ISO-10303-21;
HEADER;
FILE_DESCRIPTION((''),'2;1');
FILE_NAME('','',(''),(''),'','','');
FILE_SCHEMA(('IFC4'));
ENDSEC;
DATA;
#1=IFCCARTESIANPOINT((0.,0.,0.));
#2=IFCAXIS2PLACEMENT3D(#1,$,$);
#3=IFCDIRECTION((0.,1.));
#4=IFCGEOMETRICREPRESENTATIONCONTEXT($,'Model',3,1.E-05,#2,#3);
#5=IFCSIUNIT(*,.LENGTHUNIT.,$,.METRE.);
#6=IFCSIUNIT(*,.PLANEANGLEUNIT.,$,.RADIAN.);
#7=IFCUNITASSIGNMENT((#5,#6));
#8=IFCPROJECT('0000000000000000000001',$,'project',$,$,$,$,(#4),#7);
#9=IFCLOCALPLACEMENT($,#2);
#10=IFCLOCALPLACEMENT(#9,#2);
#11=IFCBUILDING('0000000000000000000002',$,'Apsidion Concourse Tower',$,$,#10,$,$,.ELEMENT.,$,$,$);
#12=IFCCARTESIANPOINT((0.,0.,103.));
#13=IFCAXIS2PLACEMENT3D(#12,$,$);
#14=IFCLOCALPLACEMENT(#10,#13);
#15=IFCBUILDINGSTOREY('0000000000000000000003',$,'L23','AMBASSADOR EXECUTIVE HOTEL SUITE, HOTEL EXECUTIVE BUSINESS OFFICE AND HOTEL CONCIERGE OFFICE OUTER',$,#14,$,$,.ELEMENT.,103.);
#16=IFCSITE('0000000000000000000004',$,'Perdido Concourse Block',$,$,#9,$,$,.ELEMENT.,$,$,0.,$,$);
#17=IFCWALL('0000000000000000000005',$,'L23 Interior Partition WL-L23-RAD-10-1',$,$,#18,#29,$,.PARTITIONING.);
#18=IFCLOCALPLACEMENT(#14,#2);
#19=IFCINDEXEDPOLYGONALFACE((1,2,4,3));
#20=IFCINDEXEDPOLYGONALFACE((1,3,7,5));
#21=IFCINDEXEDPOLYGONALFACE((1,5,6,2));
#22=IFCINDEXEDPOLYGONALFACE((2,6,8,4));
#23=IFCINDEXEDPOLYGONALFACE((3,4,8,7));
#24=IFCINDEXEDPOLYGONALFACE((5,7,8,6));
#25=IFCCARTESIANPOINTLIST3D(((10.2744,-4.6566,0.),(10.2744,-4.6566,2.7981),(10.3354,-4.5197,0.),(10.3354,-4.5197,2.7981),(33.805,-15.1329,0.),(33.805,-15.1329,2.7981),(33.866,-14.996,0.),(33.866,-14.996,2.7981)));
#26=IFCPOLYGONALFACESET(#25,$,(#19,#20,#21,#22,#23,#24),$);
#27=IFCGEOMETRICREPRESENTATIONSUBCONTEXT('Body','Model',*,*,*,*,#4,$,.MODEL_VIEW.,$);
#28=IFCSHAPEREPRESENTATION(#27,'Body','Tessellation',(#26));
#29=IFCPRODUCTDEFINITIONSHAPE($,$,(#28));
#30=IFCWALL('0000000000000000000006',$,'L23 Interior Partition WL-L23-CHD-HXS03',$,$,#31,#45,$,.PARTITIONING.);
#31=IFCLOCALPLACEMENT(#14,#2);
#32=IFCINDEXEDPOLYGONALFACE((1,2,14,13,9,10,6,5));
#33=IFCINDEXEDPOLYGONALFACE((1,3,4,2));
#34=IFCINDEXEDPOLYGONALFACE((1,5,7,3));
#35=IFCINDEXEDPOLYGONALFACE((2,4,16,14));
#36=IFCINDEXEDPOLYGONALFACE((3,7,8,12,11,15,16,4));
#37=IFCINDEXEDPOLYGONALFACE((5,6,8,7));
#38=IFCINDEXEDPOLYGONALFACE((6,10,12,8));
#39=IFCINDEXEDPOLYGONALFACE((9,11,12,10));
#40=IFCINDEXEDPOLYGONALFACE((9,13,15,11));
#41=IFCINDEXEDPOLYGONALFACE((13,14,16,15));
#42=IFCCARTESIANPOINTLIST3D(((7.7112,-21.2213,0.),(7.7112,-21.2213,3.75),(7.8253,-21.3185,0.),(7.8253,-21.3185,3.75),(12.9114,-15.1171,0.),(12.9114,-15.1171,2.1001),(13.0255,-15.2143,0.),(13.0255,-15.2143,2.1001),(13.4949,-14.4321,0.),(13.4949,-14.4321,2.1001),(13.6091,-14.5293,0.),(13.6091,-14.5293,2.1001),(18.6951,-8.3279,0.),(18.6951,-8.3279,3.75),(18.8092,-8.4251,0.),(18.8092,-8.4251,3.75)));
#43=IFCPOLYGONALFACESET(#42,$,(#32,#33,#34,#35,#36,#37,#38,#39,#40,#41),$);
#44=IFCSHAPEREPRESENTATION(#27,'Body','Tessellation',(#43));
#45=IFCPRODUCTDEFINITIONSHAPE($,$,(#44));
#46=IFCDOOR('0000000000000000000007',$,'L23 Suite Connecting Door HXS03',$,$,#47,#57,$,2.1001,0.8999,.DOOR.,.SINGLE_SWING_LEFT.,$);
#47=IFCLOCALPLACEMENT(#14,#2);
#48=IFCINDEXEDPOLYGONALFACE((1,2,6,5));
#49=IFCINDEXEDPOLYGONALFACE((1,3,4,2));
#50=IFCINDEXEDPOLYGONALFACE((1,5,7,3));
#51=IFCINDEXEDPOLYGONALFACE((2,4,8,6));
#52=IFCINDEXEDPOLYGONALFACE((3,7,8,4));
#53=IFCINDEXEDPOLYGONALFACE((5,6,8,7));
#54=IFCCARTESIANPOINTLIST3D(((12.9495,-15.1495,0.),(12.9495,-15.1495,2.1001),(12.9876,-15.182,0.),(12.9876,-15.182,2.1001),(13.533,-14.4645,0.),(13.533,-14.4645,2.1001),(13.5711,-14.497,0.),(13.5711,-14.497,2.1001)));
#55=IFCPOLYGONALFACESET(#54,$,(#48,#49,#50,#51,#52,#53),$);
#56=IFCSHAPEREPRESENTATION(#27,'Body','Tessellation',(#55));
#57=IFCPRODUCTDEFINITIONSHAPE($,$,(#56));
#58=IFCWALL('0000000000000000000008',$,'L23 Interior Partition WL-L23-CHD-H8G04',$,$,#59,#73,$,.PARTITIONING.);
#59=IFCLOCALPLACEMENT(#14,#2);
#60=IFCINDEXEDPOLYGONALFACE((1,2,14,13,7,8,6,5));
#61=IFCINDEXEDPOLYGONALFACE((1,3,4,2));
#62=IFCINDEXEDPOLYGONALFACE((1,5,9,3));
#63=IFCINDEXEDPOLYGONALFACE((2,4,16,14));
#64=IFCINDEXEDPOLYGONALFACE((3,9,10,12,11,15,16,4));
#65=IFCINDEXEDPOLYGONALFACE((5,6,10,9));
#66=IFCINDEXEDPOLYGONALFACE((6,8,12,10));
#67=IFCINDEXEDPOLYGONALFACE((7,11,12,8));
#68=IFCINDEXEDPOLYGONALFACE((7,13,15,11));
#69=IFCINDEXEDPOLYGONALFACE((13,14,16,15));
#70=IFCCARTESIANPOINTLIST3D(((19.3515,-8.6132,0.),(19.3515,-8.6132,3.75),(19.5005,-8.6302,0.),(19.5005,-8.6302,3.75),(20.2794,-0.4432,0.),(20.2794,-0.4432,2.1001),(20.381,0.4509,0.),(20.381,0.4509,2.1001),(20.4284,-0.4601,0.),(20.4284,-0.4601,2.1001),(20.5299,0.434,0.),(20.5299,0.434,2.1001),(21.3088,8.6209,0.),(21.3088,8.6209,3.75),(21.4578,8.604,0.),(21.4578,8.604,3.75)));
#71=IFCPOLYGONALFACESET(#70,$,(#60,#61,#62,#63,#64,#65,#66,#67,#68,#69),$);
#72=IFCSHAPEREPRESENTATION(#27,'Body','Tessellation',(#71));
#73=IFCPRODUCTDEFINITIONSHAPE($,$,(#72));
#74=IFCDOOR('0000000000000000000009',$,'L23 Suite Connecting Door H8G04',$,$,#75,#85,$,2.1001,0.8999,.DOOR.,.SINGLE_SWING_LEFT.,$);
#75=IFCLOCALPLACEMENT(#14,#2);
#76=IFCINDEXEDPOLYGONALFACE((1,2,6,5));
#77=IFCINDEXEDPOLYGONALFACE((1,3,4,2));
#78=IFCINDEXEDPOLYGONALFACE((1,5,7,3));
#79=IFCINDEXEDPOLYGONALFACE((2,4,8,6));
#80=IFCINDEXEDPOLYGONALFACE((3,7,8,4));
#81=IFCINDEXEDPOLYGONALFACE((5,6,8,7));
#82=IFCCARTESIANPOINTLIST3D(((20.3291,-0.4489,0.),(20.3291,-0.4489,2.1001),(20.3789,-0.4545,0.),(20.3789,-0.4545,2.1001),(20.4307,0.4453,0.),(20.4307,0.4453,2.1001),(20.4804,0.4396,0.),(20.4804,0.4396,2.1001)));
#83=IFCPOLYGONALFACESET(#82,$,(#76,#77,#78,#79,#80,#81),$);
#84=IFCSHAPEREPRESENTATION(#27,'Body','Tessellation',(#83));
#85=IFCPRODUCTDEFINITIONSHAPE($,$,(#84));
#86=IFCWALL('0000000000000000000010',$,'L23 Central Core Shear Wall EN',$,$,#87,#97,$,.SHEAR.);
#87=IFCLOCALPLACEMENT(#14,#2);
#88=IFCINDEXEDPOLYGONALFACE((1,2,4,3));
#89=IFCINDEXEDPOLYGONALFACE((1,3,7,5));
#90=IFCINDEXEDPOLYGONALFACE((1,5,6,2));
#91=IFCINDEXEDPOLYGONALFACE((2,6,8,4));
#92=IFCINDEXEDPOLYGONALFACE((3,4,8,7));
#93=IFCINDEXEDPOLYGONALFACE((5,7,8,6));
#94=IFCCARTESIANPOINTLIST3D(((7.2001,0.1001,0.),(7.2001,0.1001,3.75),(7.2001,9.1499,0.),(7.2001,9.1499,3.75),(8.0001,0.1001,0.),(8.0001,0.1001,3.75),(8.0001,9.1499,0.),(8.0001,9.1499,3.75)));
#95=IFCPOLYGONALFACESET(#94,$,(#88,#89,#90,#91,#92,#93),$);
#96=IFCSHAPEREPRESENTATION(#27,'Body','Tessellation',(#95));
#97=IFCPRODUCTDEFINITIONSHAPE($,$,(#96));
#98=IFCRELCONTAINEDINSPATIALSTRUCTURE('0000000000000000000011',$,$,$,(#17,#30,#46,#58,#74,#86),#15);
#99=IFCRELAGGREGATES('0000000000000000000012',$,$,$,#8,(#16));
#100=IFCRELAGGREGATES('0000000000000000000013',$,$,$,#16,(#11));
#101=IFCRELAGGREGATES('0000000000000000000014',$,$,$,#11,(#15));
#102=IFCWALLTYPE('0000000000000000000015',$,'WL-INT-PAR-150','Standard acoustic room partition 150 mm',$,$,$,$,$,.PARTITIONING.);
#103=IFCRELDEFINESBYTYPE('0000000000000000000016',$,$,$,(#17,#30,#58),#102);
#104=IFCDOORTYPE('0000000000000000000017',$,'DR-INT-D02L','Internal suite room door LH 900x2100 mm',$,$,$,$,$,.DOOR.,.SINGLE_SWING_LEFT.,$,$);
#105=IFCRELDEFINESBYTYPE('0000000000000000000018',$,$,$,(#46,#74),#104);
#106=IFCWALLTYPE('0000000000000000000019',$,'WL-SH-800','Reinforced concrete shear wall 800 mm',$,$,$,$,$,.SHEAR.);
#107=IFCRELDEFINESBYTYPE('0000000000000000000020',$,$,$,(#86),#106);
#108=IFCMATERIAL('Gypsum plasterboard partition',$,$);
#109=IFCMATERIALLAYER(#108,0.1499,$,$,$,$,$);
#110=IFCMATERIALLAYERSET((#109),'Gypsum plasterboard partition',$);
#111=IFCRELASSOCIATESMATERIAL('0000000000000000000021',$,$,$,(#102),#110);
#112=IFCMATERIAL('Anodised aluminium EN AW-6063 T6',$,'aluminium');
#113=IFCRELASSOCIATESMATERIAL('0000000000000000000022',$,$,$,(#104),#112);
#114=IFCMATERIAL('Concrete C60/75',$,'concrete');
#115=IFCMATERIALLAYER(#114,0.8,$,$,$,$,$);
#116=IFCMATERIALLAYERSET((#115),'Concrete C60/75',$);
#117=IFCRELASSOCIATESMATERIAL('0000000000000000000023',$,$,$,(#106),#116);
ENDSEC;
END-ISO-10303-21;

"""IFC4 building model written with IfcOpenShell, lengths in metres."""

from ifc_helpers import new_model, si_unit, direction, frame, frame_2d, origin, place, context, subcontext, project, spatial, rectangle, extrude, material, layer, layer_set, type_object, element, fill, save


model = new_model("IFC4")

# Units and contexts
model_context = context("Model", 3, precision=1e-05, world=origin(), true_north=direction((0.0, 1.0)))
body_context = subcontext(model_context, "Body", "Model", "MODEL_VIEW")
ifc_project = project(units=[si_unit("LENGTHUNIT", "METRE"), si_unit("PLANEANGLEUNIT", "RADIAN")], contexts=[model_context])

# Site, building, storey
site_placement = place(None, origin())
site = spatial("IfcSite", under=ifc_project, at=site_placement, Name="Perdido Concourse Block", CompositionType="ELEMENT", RefElevation=0.0)
building_placement = place(site_placement, origin())
building = spatial("IfcBuilding", under=site, at=building_placement, Name="Apsidion Concourse Tower", CompositionType="ELEMENT")
storey_placement = place(building_placement, frame((0.0, 0.0, 103.0)))
storey = spatial("IfcBuildingStorey", under=building, at=storey_placement, Name="L23", Description="AMBASSADOR EXECUTIVE HOTEL SUITE, HOTEL EXECUTIVE BUSINESS OFFICE AND HOTEL CONCIERGE OFFICE OUTER", CompositionType="ELEMENT", Elevation=103.0)

# Shared definitions
ifc_material_1 = material(Name="Concrete C60/75", Category="concrete")

# Shared definitions
ifc_material_2 = material(Name="Gypsum plasterboard partition")
ifc_layer_1 = layer(ifc_material_2, 0.1499)
ifc_layer_set_1 = layer_set([ifc_layer_1], Name="Gypsum plasterboard partition")
wall_type_1 = type_object("IfcWallType", Name="WL-INT-PAR-150", Description="Standard acoustic room partition 150 mm", PredefinedType="PARTITIONING", material=ifc_layer_set_1)

# Wall
wall_1_placement = place(storey_placement, frame((10.3049, -4.5881, 0.0), z_axis=(0.0, 0.0, 1.0), x_axis=(0.913548, -0.406732, 0.0)))
element("IfcWall", 1, at=wall_1_placement, inside=storey, type_object=wall_type_1, Name="L23 Interior Partition WL-L23-RAD-10-1", PredefinedType="PARTITIONING", context=body_context, shape_type="SweptSolid", body=[
    extrude(rectangle(XDim=25.7573, YDim=0.1499, at=frame_2d((12.8787, 0.0))), origin(), (0.0, 0.0, 1.0), 2.7981),
])

# Walls, openings, doors
wall_2_placement = place(storey_placement, frame((7.7683, -21.2698, 0.0), z_axis=(0.0, 0.0, 1.0), x_axis=(0.64849, 0.761223, 0.0)))
wall_2 = element("IfcWall", 2, at=wall_2_placement, inside=storey, type_object=wall_type_1, Name="L23 Interior Partition WL-L23-CHD-HXS03", PredefinedType="PARTITIONING", context=body_context, shape_type="SweptSolid", body=[
    extrude(rectangle(XDim=16.9377, YDim=0.1499, at=frame_2d((8.4688, 0.0))), origin(), (0.0, 0.0, 1.0), 3.75),
])
opening_1_placement = place(wall_2_placement, frame((8.0188, 0.0, 0.0)))
opening_1 = element("IfcOpeningElement", 3, at=opening_1_placement, cuts=wall_2, PredefinedType="OPENING", context=body_context, shape_type="SweptSolid", body=[
    extrude(rectangle(XDim=0.8999, YDim=2.1001, at=frame_2d((0.45, 1.05))), frame((0.0, 0.085, 0.0), z_axis=(0.0, -1.0, 0.0), x_axis=(1.0, 0.0, 0.0)), (0.0, 0.0, 1.0), 0.1699),
])
ifc_material_3 = material(Name="Anodised aluminium EN AW-6063 T6", Category="aluminium")
door_type_1 = type_object("IfcDoorType", Name="DR-INT-D02L", Description="Internal suite room door LH 900x2100 mm", OperationType="SINGLE_SWING_LEFT", PredefinedType="DOOR", material=ifc_material_3)
door_1_placement = place(opening_1_placement, origin())
door_1 = element("IfcDoor", 4, at=door_1_placement, inside=storey, type_object=door_type_1, Name="L23 Suite Connecting Door HXS03", OperationType="SINGLE_SWING_LEFT", OverallHeight=2.1001, OverallWidth=0.8999, PredefinedType="DOOR", context=body_context, shape_type="SweptSolid", body=[
    extrude(rectangle(XDim=0.8999, YDim=2.1001, at=frame_2d((0.45, 1.05))), frame((0.0, 0.0249, 0.0), z_axis=(0.0, -1.0, 0.0), x_axis=(1.0, 0.0, 0.0)), (0.0, 0.0, 1.0), 0.05),
])
fill(opening_1, door_1)
wall_3_placement = place(storey_placement, frame((19.426, -8.6216, 0.0), z_axis=(0.0, 0.0, 1.0), x_axis=(0.112844, 0.993613, 0.0)))
wall_3 = element("IfcWall", 5, at=wall_3_placement, inside=storey, type_object=wall_type_1, Name="L23 Interior Partition WL-L23-CHD-H8G04", PredefinedType="PARTITIONING", context=body_context, shape_type="SweptSolid", body=[
    extrude(rectangle(XDim=17.345, YDim=0.1499, at=frame_2d((8.6724, 0.0))), origin(), (0.0, 0.0, 1.0), 3.75),
])
opening_2_placement = place(wall_3_placement, frame((8.2224, 0.0, 0.0)))
opening_2 = element("IfcOpeningElement", 6, at=opening_2_placement, cuts=wall_3, PredefinedType="OPENING", context=body_context, shape_type="SweptSolid", body=[
    extrude(rectangle(XDim=0.8999, YDim=2.1001, at=frame_2d((0.45, 1.05))), frame((0.0, 0.085, 0.0), z_axis=(0.0, -1.0, 0.0), x_axis=(1.0, 0.0, 0.0)), (0.0, 0.0, 1.0), 0.1699),
])
door_2_placement = place(opening_2_placement, origin())
door_2 = element("IfcDoor", 7, at=door_2_placement, inside=storey, type_object=door_type_1, Name="L23 Suite Connecting Door H8G04", OperationType="SINGLE_SWING_LEFT", OverallHeight=2.1001, OverallWidth=0.8999, PredefinedType="DOOR", context=body_context, shape_type="SweptSolid", body=[
    extrude(rectangle(XDim=0.8999, YDim=2.1001, at=frame_2d((0.45, 1.05))), frame((0.0, 0.0249, 0.0), z_axis=(0.0, -1.0, 0.0), x_axis=(1.0, 0.0, 0.0)), (0.0, 0.0, 1.0), 0.05),
])
fill(opening_2, door_2)

# Wall
ifc_layer_2 = layer(ifc_material_1, 0.8)
ifc_layer_set_2 = layer_set([ifc_layer_2], Name="Concrete C60/75")
wall_type_2 = type_object("IfcWallType", Name="WL-SH-800", Description="Reinforced concrete shear wall 800 mm", PredefinedType="SHEAR", material=ifc_layer_set_2)
wall_4_placement = place(storey_placement, frame((7.6001, 0.1001, 0.0), z_axis=(0.0, 0.0, 1.0), x_axis=(0.0, 1.0, 0.0)))
element("IfcWall", 8, at=wall_4_placement, inside=storey, type_object=wall_type_2, Name="L23 Central Core Shear Wall EN", PredefinedType="SHEAR", context=body_context, shape_type="SweptSolid", body=[
    extrude(rectangle(XDim=9.0498, YDim=0.8, at=frame_2d((4.5249, 0.0))), origin(), (0.0, 0.0, 1.0), 3.75),
])

save(model, "model.ifc")
